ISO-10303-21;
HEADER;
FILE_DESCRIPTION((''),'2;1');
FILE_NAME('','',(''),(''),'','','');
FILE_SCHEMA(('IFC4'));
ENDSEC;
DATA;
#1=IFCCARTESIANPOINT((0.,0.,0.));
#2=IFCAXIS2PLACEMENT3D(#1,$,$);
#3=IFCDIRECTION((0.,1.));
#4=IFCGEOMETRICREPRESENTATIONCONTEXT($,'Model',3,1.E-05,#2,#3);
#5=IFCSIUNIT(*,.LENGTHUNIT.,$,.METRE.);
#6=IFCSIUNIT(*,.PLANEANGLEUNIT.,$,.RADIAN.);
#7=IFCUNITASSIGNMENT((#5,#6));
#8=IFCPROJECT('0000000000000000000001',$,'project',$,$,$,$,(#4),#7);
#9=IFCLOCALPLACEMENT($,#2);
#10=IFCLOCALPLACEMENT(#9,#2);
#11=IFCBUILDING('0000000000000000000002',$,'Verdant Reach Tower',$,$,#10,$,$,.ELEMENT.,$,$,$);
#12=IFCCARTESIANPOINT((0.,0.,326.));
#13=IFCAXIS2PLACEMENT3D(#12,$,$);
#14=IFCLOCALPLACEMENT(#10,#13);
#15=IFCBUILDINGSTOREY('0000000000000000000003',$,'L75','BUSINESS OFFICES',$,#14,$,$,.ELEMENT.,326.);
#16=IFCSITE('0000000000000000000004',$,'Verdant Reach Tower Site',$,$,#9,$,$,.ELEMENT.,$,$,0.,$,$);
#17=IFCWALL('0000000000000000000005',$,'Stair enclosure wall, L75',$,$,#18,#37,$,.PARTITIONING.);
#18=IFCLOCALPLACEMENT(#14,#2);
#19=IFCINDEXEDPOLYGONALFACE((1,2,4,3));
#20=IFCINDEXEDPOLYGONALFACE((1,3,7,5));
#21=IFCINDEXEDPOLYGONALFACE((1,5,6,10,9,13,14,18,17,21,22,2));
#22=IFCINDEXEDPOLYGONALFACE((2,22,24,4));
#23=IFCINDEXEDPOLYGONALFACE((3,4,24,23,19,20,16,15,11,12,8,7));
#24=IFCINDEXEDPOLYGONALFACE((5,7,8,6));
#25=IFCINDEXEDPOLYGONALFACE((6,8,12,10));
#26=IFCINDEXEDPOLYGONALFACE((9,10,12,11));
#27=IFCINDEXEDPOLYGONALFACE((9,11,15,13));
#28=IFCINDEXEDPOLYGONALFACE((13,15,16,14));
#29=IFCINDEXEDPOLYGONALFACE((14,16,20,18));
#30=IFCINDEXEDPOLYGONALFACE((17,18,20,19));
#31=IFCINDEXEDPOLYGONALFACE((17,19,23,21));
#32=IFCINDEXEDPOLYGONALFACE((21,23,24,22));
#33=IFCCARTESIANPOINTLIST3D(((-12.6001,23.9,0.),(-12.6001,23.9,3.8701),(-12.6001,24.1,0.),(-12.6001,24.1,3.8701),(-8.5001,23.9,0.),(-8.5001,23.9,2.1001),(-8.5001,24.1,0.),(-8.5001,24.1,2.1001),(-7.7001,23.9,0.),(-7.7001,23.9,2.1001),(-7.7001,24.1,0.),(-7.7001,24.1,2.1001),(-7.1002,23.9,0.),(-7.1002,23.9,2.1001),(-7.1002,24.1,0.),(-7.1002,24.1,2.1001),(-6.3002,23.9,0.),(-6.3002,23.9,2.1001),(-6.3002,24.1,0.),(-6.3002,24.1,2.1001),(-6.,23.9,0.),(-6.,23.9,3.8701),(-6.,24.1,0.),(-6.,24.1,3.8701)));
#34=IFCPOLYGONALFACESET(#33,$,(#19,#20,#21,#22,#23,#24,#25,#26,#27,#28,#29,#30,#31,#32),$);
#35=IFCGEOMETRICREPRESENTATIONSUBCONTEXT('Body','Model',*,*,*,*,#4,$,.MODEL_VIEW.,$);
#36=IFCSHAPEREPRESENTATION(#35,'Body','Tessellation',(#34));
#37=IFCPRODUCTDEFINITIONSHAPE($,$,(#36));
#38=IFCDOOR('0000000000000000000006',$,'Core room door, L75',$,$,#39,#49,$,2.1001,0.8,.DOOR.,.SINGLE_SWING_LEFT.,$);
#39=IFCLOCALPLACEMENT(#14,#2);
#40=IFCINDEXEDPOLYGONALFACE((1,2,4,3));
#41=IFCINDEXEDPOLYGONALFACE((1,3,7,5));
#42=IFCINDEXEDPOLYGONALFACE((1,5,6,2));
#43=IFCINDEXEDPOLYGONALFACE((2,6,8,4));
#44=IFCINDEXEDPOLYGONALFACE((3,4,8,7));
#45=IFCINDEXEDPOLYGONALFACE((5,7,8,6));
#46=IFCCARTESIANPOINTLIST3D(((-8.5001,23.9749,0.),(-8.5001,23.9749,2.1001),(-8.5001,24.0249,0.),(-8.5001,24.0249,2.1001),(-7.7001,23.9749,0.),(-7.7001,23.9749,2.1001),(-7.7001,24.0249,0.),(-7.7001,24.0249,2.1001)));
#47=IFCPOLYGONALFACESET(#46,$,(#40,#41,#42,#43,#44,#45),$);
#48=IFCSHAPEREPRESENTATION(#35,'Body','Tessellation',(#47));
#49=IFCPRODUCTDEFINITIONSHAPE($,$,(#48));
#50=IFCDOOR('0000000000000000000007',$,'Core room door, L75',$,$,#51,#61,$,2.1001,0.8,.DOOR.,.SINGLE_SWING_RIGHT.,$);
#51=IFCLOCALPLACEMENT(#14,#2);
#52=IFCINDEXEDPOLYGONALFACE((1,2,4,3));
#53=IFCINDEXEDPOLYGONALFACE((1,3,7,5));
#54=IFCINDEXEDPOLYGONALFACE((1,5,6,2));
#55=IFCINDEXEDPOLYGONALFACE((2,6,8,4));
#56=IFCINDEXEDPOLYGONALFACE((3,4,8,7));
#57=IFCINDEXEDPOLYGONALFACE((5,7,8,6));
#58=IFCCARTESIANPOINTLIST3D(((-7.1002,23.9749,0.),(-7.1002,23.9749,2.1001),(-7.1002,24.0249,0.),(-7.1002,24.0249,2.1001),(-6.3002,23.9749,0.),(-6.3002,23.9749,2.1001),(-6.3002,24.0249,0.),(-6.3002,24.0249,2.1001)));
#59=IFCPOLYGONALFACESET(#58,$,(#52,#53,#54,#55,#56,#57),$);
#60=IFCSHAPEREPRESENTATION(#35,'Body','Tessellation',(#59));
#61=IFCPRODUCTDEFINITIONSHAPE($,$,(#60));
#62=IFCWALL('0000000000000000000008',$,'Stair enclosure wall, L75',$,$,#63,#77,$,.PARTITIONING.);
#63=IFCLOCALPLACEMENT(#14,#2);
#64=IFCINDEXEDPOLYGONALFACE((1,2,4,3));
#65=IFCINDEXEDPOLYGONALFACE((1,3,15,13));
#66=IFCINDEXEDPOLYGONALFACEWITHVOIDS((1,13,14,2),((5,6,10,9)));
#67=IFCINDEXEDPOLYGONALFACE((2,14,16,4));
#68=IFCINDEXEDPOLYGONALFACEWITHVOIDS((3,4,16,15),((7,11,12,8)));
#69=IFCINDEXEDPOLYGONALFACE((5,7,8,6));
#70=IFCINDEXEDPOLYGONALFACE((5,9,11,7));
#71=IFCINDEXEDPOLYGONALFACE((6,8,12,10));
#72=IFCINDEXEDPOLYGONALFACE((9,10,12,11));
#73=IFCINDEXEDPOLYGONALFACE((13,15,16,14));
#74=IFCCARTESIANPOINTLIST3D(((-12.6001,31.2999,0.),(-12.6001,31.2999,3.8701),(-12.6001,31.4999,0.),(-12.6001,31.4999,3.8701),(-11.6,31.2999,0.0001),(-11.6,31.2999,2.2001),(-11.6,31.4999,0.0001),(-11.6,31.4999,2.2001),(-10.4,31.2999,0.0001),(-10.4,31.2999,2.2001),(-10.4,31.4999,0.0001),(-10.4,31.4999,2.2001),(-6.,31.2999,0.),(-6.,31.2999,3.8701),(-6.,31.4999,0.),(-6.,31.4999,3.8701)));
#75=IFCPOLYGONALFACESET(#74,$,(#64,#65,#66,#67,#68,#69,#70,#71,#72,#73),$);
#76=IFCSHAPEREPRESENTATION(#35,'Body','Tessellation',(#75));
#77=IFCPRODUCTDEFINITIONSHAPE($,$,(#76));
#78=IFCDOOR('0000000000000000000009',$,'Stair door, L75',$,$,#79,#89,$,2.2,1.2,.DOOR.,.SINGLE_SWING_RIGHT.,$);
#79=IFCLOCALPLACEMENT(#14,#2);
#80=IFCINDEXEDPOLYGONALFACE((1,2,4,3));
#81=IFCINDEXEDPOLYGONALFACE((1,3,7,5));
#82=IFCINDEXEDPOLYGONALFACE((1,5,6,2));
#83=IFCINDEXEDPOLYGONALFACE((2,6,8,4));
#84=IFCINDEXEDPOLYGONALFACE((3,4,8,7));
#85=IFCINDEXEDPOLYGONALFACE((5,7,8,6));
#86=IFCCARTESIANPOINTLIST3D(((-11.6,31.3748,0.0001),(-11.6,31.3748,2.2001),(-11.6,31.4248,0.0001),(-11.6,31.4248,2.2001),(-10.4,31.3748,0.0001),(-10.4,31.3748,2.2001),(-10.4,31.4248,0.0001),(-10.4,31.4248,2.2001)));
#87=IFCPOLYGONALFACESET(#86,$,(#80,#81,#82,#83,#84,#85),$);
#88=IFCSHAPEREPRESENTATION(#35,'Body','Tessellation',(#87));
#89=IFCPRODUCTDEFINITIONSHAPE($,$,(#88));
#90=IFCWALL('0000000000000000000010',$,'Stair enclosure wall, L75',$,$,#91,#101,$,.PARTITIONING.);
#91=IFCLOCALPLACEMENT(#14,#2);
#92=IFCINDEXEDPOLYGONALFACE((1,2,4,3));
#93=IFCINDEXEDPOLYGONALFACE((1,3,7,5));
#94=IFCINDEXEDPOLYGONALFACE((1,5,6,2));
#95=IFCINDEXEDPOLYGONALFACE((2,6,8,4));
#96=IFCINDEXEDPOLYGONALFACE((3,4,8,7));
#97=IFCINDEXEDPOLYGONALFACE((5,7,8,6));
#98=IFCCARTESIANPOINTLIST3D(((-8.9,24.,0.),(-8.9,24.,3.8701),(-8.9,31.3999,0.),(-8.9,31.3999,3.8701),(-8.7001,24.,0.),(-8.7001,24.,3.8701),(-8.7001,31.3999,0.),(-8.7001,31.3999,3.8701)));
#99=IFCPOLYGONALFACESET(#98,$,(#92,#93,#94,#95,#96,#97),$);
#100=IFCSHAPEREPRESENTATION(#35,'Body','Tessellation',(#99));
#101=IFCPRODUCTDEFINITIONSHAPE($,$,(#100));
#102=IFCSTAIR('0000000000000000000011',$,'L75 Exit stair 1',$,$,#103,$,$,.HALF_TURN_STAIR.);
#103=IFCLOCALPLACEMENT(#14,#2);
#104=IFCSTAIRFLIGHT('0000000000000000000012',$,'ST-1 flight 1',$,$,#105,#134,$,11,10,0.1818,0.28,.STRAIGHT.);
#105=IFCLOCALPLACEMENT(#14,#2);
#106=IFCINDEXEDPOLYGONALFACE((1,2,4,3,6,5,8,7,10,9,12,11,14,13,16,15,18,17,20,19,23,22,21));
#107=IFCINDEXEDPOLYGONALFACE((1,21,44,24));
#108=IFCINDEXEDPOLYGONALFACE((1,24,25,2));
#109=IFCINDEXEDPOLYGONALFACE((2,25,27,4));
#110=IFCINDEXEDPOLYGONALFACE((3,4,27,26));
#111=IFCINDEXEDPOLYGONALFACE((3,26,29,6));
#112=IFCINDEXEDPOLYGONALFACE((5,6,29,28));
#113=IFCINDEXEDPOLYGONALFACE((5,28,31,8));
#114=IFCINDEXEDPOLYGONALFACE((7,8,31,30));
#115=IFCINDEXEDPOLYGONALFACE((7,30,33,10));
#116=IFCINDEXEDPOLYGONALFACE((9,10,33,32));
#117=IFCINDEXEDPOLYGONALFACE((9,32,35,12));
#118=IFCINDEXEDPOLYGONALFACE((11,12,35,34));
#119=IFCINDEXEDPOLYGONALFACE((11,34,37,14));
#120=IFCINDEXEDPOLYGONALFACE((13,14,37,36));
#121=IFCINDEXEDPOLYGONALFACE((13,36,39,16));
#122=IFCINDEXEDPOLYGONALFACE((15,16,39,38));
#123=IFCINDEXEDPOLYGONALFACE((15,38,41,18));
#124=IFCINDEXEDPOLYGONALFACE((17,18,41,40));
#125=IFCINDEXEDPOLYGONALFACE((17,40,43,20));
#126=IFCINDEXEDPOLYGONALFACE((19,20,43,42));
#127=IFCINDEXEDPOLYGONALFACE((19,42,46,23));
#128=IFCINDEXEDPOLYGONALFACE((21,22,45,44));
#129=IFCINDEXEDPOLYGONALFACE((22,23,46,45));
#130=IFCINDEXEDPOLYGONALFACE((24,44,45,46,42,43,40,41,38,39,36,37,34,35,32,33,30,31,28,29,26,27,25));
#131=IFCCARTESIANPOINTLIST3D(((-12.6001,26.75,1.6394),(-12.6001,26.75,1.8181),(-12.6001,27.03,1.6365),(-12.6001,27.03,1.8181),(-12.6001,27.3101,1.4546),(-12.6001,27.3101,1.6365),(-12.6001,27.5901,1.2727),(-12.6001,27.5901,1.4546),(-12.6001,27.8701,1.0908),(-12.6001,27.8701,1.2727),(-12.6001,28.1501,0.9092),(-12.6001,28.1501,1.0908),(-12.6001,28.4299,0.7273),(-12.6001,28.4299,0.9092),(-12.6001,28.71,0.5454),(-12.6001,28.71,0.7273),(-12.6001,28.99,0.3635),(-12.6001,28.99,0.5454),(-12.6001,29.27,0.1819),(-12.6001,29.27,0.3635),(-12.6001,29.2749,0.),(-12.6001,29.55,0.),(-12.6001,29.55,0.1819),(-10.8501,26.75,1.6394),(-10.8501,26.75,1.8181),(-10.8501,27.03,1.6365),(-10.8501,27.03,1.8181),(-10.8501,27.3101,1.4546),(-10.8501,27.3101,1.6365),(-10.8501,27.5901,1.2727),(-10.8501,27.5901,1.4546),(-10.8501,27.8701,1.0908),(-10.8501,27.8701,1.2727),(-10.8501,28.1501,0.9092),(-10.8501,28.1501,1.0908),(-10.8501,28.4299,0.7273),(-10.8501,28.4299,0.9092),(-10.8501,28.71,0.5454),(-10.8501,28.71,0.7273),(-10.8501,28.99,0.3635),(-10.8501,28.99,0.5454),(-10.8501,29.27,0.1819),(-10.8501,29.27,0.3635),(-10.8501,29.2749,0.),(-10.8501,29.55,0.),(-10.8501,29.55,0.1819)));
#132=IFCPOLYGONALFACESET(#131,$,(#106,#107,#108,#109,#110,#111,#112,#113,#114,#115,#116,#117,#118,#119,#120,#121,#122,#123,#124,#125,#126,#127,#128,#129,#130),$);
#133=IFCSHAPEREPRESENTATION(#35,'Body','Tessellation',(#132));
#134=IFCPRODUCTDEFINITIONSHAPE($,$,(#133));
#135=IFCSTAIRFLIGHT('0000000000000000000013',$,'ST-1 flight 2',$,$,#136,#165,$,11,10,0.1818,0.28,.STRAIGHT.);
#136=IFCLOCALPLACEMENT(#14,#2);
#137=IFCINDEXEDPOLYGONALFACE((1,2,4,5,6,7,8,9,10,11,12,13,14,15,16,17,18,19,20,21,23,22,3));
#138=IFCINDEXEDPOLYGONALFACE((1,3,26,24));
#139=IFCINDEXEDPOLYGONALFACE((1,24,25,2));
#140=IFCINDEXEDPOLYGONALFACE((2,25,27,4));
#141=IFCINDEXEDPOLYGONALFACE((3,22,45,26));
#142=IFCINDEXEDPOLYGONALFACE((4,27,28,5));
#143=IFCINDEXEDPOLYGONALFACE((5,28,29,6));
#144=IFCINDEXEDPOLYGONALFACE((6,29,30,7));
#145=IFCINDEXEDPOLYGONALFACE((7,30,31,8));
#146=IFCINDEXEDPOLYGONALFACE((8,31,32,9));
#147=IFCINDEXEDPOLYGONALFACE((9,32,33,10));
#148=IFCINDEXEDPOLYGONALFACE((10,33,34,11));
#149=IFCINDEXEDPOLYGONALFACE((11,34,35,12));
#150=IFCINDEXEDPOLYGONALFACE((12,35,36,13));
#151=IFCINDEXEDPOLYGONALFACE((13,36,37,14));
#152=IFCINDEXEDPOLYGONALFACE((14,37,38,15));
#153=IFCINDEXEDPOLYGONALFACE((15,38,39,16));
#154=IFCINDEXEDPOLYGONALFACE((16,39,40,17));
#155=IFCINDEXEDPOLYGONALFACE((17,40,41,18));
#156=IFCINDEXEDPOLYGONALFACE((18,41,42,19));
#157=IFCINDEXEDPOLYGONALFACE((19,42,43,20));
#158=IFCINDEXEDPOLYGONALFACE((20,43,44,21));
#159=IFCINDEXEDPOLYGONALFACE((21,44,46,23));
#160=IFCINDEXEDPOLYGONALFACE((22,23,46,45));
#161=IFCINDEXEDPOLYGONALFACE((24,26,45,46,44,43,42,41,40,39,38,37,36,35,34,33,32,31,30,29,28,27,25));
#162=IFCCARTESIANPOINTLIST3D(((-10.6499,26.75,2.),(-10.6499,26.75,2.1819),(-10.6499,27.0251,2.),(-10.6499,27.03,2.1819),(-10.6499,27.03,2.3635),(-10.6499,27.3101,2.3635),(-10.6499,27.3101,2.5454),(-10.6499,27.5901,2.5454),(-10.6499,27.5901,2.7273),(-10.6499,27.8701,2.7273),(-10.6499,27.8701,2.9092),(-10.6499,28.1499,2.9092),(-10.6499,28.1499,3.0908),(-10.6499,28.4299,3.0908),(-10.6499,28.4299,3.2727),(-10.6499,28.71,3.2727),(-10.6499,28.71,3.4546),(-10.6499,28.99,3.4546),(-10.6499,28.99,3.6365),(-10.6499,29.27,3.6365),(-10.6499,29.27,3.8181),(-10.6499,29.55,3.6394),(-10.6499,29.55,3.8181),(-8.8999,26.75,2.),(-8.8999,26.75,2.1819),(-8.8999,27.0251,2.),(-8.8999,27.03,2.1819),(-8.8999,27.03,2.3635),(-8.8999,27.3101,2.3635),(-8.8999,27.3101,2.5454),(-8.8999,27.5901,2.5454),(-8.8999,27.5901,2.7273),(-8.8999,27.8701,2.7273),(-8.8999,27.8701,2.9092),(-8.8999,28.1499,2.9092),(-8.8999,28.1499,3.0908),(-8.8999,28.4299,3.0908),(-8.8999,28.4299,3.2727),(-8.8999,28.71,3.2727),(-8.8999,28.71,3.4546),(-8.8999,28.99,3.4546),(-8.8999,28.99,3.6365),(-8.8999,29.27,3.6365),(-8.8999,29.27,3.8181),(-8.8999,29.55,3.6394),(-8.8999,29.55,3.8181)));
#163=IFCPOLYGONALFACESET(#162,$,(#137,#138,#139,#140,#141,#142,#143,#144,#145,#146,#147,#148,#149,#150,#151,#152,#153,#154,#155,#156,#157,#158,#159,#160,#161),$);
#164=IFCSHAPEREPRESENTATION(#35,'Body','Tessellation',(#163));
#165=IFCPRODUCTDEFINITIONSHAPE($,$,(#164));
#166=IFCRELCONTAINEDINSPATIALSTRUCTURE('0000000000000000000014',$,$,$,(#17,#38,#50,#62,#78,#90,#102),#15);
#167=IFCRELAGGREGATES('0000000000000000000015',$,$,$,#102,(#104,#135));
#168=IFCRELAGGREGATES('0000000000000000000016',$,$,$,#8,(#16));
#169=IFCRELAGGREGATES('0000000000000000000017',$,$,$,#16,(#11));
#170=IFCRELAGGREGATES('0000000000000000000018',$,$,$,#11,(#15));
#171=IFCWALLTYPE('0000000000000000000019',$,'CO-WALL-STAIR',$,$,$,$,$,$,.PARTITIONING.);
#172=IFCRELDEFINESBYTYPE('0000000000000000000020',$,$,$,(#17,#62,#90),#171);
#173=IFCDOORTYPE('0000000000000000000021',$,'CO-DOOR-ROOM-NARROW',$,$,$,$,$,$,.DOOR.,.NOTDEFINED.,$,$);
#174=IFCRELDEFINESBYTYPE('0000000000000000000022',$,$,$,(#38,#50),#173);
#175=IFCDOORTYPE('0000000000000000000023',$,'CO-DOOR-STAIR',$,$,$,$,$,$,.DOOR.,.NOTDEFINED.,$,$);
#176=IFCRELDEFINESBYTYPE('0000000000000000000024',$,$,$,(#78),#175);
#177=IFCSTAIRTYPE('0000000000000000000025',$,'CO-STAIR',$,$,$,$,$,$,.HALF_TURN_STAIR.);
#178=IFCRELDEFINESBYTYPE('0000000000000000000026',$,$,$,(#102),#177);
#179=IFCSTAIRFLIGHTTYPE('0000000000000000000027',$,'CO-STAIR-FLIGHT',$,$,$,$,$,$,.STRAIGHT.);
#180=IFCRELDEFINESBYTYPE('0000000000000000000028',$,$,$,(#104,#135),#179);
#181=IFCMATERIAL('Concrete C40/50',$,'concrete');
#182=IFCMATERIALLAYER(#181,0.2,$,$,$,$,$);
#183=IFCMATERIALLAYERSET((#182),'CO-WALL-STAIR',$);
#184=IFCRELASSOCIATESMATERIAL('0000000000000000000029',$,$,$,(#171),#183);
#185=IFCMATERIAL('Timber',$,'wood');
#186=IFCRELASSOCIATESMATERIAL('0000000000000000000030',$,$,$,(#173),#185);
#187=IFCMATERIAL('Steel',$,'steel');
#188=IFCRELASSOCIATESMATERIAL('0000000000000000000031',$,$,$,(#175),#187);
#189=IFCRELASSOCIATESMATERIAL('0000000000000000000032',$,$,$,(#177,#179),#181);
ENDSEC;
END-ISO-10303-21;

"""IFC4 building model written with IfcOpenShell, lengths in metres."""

from ifc_helpers import new_model, si_unit, direction, frame, frame_2d, origin, place, context, subcontext, project, spatial, polyline, rectangle, outline, extrude, material, layer, layer_set, type_object, element, fill, aggregate, save


model = new_model("IFC4")

# Units and contexts
model_context = context("Model", 3, precision=1e-05, world=origin(), true_north=direction((0.0, 1.0)))
body_context = subcontext(model_context, "Body", "Model", "MODEL_VIEW")
ifc_project = project(units=[si_unit("LENGTHUNIT", "METRE"), si_unit("PLANEANGLEUNIT", "RADIAN")], contexts=[model_context])

# Site, building, storey
site_placement = place(None, origin())
site = spatial("IfcSite", under=ifc_project, at=site_placement, Name="Verdant Reach Tower Site", CompositionType="ELEMENT", RefElevation=0.0)
building_placement = place(site_placement, origin())
building = spatial("IfcBuilding", under=site, at=building_placement, Name="Verdant Reach Tower", CompositionType="ELEMENT")
storey_placement = place(building_placement, frame((0.0, 0.0, 326.0)))
storey = spatial("IfcBuildingStorey", under=building, at=storey_placement, Name="L75", Description="BUSINESS OFFICES", CompositionType="ELEMENT", Elevation=326.0)

# Shared definitions
ifc_material_1 = material(Name="Timber", Category="wood")

# Wall, openings, doors
ifc_material_2 = material(Name="Concrete C40/50", Category="concrete")
ifc_material_3 = material(Name="Steel", Category="steel")
ifc_layer_1 = layer(ifc_material_2, 0.2)
ifc_layer_set_1 = layer_set([ifc_layer_1], Name="CO-WALL-STAIR")
wall_type_1 = type_object("IfcWallType", Name="CO-WALL-STAIR", PredefinedType="PARTITIONING", material=ifc_layer_set_1)
wall_1_placement = place(storey_placement, frame((-12.6001, 24.0, 0.0), z_axis=(0.0, 0.0, 1.0), x_axis=(1.0, 0.0, 0.0)))
wall_1 = element("IfcWall", 1, at=wall_1_placement, inside=storey, type_object=wall_type_1, Name="Stair enclosure wall, L75", PredefinedType="PARTITIONING", context=body_context, shape_type="SweptSolid", body=[
    extrude(rectangle(XDim=6.6001, YDim=0.2, at=frame_2d((3.3, 0.0))), origin(), (0.0, 0.0, 1.0), 3.8701),
])
opening_1_placement = place(wall_1_placement, frame((4.1001, 0.0, 0.0)))
opening_1 = element("IfcOpeningElement", 2, at=opening_1_placement, cuts=wall_1, PredefinedType="OPENING", context=body_context, shape_type="SweptSolid", body=[
    extrude(rectangle(XDim=0.8, YDim=2.1001, at=frame_2d((0.3999, 1.05))), frame((0.0, 0.1099, 0.0), z_axis=(0.0, -1.0, 0.0), x_axis=(1.0, 0.0, 0.0)), (0.0, 0.0, 1.0), 0.22),
])
opening_2_placement = place(wall_1_placement, frame((5.5, 0.0, 0.0)))
opening_2 = element("IfcOpeningElement", 3, at=opening_2_placement, cuts=wall_1, PredefinedType="OPENING", context=body_context, shape_type="SweptSolid", body=[
    extrude(rectangle(XDim=0.8, YDim=2.1001, at=frame_2d((0.3999, 1.05))), frame((0.0, 0.1099, 0.0), z_axis=(0.0, -1.0, 0.0), x_axis=(1.0, 0.0, 0.0)), (0.0, 0.0, 1.0), 0.22),
])
door_type_1 = type_object("IfcDoorType", Name="CO-DOOR-ROOM-NARROW", OperationType="NOTDEFINED", PredefinedType="DOOR", material=ifc_material_1)
door_1_placement = place(opening_1_placement, origin())
door_1 = element("IfcDoor", 4, at=door_1_placement, inside=storey, type_object=door_type_1, Name="Core room door, L75", OperationType="SINGLE_SWING_LEFT", OverallHeight=2.1001, OverallWidth=0.8, PredefinedType="DOOR", context=body_context, shape_type="SweptSolid", body=[
    extrude(rectangle(XDim=0.8, YDim=2.1001, at=frame_2d((0.3999, 1.05))), frame((0.0, 0.0249, 0.0), z_axis=(0.0, -1.0, 0.0), x_axis=(1.0, 0.0, 0.0)), (0.0, 0.0, 1.0), 0.05),
])
fill(opening_1, door_1)
door_2_placement = place(opening_2_placement, origin())
door_2 = element("IfcDoor", 5, at=door_2_placement, inside=storey, type_object=door_type_1, Name="Core room door, L75", OperationType="SINGLE_SWING_RIGHT", OverallHeight=2.1001, OverallWidth=0.8, PredefinedType="DOOR", context=body_context, shape_type="SweptSolid", body=[
    extrude(rectangle(XDim=0.8, YDim=2.1001, at=frame_2d((0.3999, 1.05))), frame((0.0, 0.0249, 0.0), z_axis=(0.0, -1.0, 0.0), x_axis=(1.0, 0.0, 0.0)), (0.0, 0.0, 1.0), 0.05),
])
fill(opening_2, door_2)

# Wall, opening, door
wall_2_placement = place(storey_placement, frame((-12.6001, 31.3999, 0.0), z_axis=(0.0, 0.0, 1.0), x_axis=(1.0, 0.0, 0.0)))
wall_2 = element("IfcWall", 6, at=wall_2_placement, inside=storey, type_object=wall_type_1, Name="Stair enclosure wall, L75", PredefinedType="PARTITIONING", context=body_context, shape_type="SweptSolid", body=[
    extrude(rectangle(XDim=6.6001, YDim=0.2, at=frame_2d((3.3, 0.0))), origin(), (0.0, 0.0, 1.0), 3.8701),
])
opening_3_placement = place(wall_2_placement, frame((1.0, 0.0, 0.0)))
opening_3 = element("IfcOpeningElement", 7, at=opening_3_placement, cuts=wall_2, PredefinedType="OPENING", context=body_context, shape_type="SweptSolid", body=[
    extrude(rectangle(XDim=1.2, YDim=2.2, at=frame_2d((0.6001, 1.1001))), frame((0.0, 0.1099, 0.0), z_axis=(0.0, -1.0, 0.0), x_axis=(1.0, 0.0, 0.0)), (0.0, 0.0, 1.0), 0.22),
])
door_type_2 = type_object("IfcDoorType", Name="CO-DOOR-STAIR", OperationType="NOTDEFINED", PredefinedType="DOOR", material=ifc_material_3)
door_3_placement = place(opening_3_placement, origin())
door_3 = element("IfcDoor", 8, at=door_3_placement, inside=storey, type_object=door_type_2, Name="Stair door, L75", OperationType="SINGLE_SWING_RIGHT", OverallHeight=2.2, OverallWidth=1.2, PredefinedType="DOOR", context=body_context, shape_type="SweptSolid", body=[
    extrude(rectangle(XDim=1.2, YDim=2.2, at=frame_2d((0.6001, 1.1001))), frame((0.0, 0.0249, 0.0), z_axis=(0.0, -1.0, 0.0), x_axis=(1.0, 0.0, 0.0)), (0.0, 0.0, 1.0), 0.05),
])
fill(opening_3, door_3)

# Wall
wall_3_placement = place(storey_placement, frame((-8.8, 24.0, 0.0), z_axis=(0.0, 0.0, 1.0), x_axis=(0.0, 1.0, 0.0)))
element("IfcWall", 9, at=wall_3_placement, inside=storey, type_object=wall_type_1, Name="Stair enclosure wall, L75", PredefinedType="PARTITIONING", context=body_context, shape_type="SweptSolid", body=[
    extrude(rectangle(XDim=7.3999, YDim=0.2, at=frame_2d((3.7, 0.0))), origin(), (0.0, 0.0, 1.0), 3.8701),
])

# Stair, stair flights
stair_type = type_object("IfcStairType", Name="CO-STAIR", PredefinedType="HALF_TURN_STAIR", material=ifc_material_2)
stair_placement = place(storey_placement, origin())
stair = element("IfcStair", 10, at=stair_placement, inside=storey, type_object=stair_type, Name="L75 Exit stair 1", PredefinedType="HALF_TURN_STAIR")
stair_flight_type = type_object("IfcStairFlightType", Name="CO-STAIR-FLIGHT", PredefinedType="STRAIGHT", material=ifc_material_2)
stair_flight_1_placement = place(storey_placement, frame((-11.7251, 29.55, 0.0), z_axis=(0.0, 0.0, 1.0), x_axis=(0.0, -1.0, 0.0)))
stair_flight_1 = element("IfcStairFlight", 11, at=stair_flight_1_placement, type_object=stair_flight_type, Name="ST-1 flight 1", NumberOfRisers=11, NumberOfTreads=10, PredefinedType="STRAIGHT", RiserHeight=0.1818, TreadLength=0.28, context=body_context, shape_type="SweptSolid", body=[
    extrude(outline(polyline([(0.0, 0.0), (0.0, 0.1819), (0.28, 0.1819), (0.28, 0.3635), (0.5601, 0.3635), (0.5601, 0.5454), (0.8401, 0.5454), (0.8401, 0.7273), (1.1201, 0.7273), (1.1201, 0.9092), (1.3999, 0.9092), (1.3999, 1.0908), (1.6799, 1.0908), (1.6799, 1.2727), (1.96, 1.2727), (1.96, 1.4546), (2.24, 1.4546), (2.24, 1.6365), (2.52, 1.6365), (2.52, 1.8181), (2.8, 1.8181), (2.8, 2.0), (2.8, 1.6394), (0.2751, 0.0), (0.0, 0.0)])), frame((0.0, 0.875, 0.0), z_axis=(0.0, -1.0, 0.0), x_axis=(1.0, 0.0, 0.0)), (0.0, 0.0, 1.0), 1.75),
])
stair_flight_2_placement = place(storey_placement, frame((-9.7749, 26.75, 2.0), z_axis=(0.0, 0.0, 1.0), x_axis=(0.0, 1.0, 0.0)))
stair_flight_2 = element("IfcStairFlight", 12, at=stair_flight_2_placement, type_object=stair_flight_type, Name="ST-1 flight 2", NumberOfRisers=11, NumberOfTreads=10, PredefinedType="STRAIGHT", RiserHeight=0.1818, TreadLength=0.28, context=body_context, shape_type="SweptSolid", body=[
    extrude(outline(polyline([(0.0, 0.0), (0.0, 0.1819), (0.28, 0.1819), (0.28, 0.3635), (0.5601, 0.3635), (0.5601, 0.5454), (0.8401, 0.5454), (0.8401, 0.7273), (1.1201, 0.7273), (1.1201, 0.9092), (1.3999, 0.9092), (1.3999, 1.0908), (1.6799, 1.0908), (1.6799, 1.2727), (1.96, 1.2727), (1.96, 1.4546), (2.24, 1.4546), (2.24, 1.6365), (2.52, 1.6365), (2.52, 1.8181), (2.8, 1.8181), (2.8, 2.0), (2.8, 1.6394), (0.2751, 0.0), (0.0, 0.0)])), frame((0.0, 0.875, 0.0), z_axis=(0.0, -1.0, 0.0), x_axis=(1.0, 0.0, 0.0)), (0.0, 0.0, 1.0), 1.75),
])
aggregate(stair, [stair_flight_1, stair_flight_2])

save(model, "model.ifc")
